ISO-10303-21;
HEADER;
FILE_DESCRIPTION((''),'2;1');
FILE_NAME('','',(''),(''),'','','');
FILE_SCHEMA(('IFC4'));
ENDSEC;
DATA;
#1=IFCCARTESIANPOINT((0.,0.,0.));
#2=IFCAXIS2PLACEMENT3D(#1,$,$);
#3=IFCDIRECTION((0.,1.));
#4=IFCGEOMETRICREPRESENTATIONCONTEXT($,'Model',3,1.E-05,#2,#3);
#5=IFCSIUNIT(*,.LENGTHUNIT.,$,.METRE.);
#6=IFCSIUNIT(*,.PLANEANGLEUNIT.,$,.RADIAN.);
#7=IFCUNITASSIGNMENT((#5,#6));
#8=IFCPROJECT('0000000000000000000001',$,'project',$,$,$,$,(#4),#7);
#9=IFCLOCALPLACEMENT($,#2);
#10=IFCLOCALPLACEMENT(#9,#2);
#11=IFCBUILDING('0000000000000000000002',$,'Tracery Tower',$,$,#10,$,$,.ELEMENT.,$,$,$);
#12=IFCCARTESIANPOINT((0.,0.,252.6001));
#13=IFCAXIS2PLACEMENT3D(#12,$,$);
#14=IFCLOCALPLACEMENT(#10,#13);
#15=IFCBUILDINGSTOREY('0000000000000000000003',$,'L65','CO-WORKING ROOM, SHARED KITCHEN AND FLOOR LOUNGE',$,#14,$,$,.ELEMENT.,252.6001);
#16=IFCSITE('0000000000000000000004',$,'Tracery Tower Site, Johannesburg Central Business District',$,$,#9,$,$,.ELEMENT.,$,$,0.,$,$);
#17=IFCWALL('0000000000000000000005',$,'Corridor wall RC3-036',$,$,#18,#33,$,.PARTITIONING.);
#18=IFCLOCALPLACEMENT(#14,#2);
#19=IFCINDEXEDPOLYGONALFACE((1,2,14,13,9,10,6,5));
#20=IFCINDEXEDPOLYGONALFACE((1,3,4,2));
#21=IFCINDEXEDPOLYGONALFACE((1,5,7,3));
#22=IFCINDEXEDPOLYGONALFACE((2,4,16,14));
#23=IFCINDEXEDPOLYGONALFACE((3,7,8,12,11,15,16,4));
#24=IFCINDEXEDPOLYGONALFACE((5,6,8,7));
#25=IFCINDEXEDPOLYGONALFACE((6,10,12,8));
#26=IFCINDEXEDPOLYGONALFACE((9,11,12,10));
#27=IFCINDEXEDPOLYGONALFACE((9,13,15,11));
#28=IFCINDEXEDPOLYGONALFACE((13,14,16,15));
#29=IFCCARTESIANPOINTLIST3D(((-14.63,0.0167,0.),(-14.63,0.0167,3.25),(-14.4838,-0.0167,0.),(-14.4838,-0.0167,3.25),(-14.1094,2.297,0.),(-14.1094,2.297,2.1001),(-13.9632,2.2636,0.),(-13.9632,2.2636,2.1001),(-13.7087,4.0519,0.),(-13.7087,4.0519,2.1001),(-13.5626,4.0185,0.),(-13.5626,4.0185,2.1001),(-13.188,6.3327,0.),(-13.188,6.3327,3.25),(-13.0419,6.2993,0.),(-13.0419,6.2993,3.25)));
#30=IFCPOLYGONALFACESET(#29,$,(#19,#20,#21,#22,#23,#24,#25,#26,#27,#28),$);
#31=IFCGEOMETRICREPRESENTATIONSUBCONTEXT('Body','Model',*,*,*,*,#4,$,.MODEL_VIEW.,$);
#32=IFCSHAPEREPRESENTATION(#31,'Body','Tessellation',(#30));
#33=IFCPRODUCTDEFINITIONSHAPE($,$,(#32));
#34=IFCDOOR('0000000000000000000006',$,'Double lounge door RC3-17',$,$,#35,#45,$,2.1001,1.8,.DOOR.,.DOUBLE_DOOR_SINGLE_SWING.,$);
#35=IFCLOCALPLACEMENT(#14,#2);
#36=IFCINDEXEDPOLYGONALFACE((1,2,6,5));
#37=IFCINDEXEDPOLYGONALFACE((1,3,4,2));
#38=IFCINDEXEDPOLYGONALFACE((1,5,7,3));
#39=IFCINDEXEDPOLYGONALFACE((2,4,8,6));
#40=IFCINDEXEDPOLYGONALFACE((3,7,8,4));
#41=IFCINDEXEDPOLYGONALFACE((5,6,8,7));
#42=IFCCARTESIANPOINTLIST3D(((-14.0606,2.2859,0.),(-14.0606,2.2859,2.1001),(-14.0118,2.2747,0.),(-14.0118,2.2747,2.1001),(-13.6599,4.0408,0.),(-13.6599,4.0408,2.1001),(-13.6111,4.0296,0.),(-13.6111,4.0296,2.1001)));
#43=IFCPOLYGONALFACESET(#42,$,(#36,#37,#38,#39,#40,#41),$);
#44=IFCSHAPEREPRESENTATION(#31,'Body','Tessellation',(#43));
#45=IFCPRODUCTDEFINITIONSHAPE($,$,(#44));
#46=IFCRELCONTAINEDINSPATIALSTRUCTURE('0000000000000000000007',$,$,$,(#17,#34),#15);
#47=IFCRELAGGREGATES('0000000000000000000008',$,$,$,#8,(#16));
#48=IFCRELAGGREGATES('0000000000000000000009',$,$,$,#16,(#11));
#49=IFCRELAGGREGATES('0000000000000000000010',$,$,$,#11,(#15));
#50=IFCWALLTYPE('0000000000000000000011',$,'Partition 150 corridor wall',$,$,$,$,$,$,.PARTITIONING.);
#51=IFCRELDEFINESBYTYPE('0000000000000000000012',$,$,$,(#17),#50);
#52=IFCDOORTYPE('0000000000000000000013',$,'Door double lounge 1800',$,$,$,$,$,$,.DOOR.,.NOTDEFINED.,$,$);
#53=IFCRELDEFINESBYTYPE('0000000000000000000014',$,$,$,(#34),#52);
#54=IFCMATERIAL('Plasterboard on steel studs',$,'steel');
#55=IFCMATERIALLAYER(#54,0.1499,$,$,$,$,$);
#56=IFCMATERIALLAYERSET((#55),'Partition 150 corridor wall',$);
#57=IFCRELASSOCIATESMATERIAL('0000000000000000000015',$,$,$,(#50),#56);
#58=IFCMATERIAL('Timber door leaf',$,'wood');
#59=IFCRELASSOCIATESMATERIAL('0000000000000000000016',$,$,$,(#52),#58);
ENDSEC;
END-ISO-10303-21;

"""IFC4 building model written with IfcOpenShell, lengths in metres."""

from ifc_helpers import new_model, si_unit, direction, frame, frame_2d, origin, place, context, subcontext, project, spatial, rectangle, extrude, material, layer, layer_set, type_object, element, fill, save


model = new_model("IFC4")

# Units and contexts
model_context = context("Model", 3, precision=1e-05, world=origin(), true_north=direction((0.0, 1.0)))
body_context = subcontext(model_context, "Body", "Model", "MODEL_VIEW")
ifc_project = project(units=[si_unit("LENGTHUNIT", "METRE"), si_unit("PLANEANGLEUNIT", "RADIAN")], contexts=[model_context])

# Site, building, storey
site_placement = place(None, origin())
site = spatial("IfcSite", under=ifc_project, at=site_placement, Name="Tracery Tower Site, Johannesburg Central Business District", CompositionType="ELEMENT", RefElevation=0.0)
building_placement = place(site_placement, origin())
building = spatial("IfcBuilding", under=site, at=building_placement, Name="Tracery Tower", CompositionType="ELEMENT")
storey_placement = place(building_placement, frame((0.0, 0.0, 252.6001)))
storey = spatial("IfcBuildingStorey", under=building, at=storey_placement, Name="L65", Description="CO-WORKING ROOM, SHARED KITCHEN AND FLOOR LOUNGE", CompositionType="ELEMENT", Elevation=252.6001)

# Shared definitions
ifc_material_1 = material(Name="Plasterboard on steel studs", Category="steel")
ifc_layer_1 = layer(ifc_material_1, 0.1499)
ifc_layer_set_1 = layer_set([ifc_layer_1], Name="Partition 150 corridor wall")
wall_type_1 = type_object("IfcWallType", Name="Partition 150 corridor wall", PredefinedType="PARTITIONING", material=ifc_layer_set_1)

# Wall, opening, door
wall_1_placement = place(storey_placement, frame((-14.5569, 0.0, 0.0), z_axis=(0.0, 0.0, 1.0), x_axis=(0.222569, 0.974917, 0.0)))
wall_1 = element("IfcWall", 1, at=wall_1_placement, inside=storey, type_object=wall_type_1, Name="Corridor wall RC3-036", PredefinedType="PARTITIONING", context=body_context, shape_type="SweptSolid", body=[
    extrude(rectangle(XDim=6.4785, YDim=0.1499, at=frame_2d((3.2393, 0.0))), origin(), (0.0, 0.0, 1.0), 3.25),
])
opening_1_placement = place(wall_1_placement, frame((2.3391, 0.0, 0.0)))
opening_1 = element("IfcOpeningElement", 2, at=opening_1_placement, cuts=wall_1, PredefinedType="OPENING", context=body_context, shape_type="SweptSolid", body=[
    extrude(rectangle(XDim=1.8, YDim=2.1001, at=frame_2d((0.8999, 1.05))), frame((0.0, 0.075, 0.0), z_axis=(0.0, -1.0, 0.0), x_axis=(1.0, 0.0, 0.0)), (0.0, 0.0, 1.0), 0.1499),
])
ifc_material_2 = material(Name="Timber door leaf", Category="wood")
door_type_1 = type_object("IfcDoorType", Name="Door double lounge 1800", OperationType="NOTDEFINED", PredefinedType="DOOR", material=ifc_material_2)
door_1_placement = place(opening_1_placement, origin())
door_1 = element("IfcDoor", 3, at=door_1_placement, inside=storey, type_object=door_type_1, Name="Double lounge door RC3-17", OperationType="DOUBLE_DOOR_SINGLE_SWING", OverallHeight=2.1001, OverallWidth=1.8, PredefinedType="DOOR", context=body_context, shape_type="SweptSolid", body=[
    extrude(rectangle(XDim=1.8, YDim=2.1001, at=frame_2d((0.8999, 1.05))), frame((0.0, 0.0249, 0.0), z_axis=(0.0, -1.0, 0.0), x_axis=(1.0, 0.0, 0.0)), (0.0, 0.0, 1.0), 0.05),
])
fill(opening_1, door_1)

save(model, "model.ifc")
